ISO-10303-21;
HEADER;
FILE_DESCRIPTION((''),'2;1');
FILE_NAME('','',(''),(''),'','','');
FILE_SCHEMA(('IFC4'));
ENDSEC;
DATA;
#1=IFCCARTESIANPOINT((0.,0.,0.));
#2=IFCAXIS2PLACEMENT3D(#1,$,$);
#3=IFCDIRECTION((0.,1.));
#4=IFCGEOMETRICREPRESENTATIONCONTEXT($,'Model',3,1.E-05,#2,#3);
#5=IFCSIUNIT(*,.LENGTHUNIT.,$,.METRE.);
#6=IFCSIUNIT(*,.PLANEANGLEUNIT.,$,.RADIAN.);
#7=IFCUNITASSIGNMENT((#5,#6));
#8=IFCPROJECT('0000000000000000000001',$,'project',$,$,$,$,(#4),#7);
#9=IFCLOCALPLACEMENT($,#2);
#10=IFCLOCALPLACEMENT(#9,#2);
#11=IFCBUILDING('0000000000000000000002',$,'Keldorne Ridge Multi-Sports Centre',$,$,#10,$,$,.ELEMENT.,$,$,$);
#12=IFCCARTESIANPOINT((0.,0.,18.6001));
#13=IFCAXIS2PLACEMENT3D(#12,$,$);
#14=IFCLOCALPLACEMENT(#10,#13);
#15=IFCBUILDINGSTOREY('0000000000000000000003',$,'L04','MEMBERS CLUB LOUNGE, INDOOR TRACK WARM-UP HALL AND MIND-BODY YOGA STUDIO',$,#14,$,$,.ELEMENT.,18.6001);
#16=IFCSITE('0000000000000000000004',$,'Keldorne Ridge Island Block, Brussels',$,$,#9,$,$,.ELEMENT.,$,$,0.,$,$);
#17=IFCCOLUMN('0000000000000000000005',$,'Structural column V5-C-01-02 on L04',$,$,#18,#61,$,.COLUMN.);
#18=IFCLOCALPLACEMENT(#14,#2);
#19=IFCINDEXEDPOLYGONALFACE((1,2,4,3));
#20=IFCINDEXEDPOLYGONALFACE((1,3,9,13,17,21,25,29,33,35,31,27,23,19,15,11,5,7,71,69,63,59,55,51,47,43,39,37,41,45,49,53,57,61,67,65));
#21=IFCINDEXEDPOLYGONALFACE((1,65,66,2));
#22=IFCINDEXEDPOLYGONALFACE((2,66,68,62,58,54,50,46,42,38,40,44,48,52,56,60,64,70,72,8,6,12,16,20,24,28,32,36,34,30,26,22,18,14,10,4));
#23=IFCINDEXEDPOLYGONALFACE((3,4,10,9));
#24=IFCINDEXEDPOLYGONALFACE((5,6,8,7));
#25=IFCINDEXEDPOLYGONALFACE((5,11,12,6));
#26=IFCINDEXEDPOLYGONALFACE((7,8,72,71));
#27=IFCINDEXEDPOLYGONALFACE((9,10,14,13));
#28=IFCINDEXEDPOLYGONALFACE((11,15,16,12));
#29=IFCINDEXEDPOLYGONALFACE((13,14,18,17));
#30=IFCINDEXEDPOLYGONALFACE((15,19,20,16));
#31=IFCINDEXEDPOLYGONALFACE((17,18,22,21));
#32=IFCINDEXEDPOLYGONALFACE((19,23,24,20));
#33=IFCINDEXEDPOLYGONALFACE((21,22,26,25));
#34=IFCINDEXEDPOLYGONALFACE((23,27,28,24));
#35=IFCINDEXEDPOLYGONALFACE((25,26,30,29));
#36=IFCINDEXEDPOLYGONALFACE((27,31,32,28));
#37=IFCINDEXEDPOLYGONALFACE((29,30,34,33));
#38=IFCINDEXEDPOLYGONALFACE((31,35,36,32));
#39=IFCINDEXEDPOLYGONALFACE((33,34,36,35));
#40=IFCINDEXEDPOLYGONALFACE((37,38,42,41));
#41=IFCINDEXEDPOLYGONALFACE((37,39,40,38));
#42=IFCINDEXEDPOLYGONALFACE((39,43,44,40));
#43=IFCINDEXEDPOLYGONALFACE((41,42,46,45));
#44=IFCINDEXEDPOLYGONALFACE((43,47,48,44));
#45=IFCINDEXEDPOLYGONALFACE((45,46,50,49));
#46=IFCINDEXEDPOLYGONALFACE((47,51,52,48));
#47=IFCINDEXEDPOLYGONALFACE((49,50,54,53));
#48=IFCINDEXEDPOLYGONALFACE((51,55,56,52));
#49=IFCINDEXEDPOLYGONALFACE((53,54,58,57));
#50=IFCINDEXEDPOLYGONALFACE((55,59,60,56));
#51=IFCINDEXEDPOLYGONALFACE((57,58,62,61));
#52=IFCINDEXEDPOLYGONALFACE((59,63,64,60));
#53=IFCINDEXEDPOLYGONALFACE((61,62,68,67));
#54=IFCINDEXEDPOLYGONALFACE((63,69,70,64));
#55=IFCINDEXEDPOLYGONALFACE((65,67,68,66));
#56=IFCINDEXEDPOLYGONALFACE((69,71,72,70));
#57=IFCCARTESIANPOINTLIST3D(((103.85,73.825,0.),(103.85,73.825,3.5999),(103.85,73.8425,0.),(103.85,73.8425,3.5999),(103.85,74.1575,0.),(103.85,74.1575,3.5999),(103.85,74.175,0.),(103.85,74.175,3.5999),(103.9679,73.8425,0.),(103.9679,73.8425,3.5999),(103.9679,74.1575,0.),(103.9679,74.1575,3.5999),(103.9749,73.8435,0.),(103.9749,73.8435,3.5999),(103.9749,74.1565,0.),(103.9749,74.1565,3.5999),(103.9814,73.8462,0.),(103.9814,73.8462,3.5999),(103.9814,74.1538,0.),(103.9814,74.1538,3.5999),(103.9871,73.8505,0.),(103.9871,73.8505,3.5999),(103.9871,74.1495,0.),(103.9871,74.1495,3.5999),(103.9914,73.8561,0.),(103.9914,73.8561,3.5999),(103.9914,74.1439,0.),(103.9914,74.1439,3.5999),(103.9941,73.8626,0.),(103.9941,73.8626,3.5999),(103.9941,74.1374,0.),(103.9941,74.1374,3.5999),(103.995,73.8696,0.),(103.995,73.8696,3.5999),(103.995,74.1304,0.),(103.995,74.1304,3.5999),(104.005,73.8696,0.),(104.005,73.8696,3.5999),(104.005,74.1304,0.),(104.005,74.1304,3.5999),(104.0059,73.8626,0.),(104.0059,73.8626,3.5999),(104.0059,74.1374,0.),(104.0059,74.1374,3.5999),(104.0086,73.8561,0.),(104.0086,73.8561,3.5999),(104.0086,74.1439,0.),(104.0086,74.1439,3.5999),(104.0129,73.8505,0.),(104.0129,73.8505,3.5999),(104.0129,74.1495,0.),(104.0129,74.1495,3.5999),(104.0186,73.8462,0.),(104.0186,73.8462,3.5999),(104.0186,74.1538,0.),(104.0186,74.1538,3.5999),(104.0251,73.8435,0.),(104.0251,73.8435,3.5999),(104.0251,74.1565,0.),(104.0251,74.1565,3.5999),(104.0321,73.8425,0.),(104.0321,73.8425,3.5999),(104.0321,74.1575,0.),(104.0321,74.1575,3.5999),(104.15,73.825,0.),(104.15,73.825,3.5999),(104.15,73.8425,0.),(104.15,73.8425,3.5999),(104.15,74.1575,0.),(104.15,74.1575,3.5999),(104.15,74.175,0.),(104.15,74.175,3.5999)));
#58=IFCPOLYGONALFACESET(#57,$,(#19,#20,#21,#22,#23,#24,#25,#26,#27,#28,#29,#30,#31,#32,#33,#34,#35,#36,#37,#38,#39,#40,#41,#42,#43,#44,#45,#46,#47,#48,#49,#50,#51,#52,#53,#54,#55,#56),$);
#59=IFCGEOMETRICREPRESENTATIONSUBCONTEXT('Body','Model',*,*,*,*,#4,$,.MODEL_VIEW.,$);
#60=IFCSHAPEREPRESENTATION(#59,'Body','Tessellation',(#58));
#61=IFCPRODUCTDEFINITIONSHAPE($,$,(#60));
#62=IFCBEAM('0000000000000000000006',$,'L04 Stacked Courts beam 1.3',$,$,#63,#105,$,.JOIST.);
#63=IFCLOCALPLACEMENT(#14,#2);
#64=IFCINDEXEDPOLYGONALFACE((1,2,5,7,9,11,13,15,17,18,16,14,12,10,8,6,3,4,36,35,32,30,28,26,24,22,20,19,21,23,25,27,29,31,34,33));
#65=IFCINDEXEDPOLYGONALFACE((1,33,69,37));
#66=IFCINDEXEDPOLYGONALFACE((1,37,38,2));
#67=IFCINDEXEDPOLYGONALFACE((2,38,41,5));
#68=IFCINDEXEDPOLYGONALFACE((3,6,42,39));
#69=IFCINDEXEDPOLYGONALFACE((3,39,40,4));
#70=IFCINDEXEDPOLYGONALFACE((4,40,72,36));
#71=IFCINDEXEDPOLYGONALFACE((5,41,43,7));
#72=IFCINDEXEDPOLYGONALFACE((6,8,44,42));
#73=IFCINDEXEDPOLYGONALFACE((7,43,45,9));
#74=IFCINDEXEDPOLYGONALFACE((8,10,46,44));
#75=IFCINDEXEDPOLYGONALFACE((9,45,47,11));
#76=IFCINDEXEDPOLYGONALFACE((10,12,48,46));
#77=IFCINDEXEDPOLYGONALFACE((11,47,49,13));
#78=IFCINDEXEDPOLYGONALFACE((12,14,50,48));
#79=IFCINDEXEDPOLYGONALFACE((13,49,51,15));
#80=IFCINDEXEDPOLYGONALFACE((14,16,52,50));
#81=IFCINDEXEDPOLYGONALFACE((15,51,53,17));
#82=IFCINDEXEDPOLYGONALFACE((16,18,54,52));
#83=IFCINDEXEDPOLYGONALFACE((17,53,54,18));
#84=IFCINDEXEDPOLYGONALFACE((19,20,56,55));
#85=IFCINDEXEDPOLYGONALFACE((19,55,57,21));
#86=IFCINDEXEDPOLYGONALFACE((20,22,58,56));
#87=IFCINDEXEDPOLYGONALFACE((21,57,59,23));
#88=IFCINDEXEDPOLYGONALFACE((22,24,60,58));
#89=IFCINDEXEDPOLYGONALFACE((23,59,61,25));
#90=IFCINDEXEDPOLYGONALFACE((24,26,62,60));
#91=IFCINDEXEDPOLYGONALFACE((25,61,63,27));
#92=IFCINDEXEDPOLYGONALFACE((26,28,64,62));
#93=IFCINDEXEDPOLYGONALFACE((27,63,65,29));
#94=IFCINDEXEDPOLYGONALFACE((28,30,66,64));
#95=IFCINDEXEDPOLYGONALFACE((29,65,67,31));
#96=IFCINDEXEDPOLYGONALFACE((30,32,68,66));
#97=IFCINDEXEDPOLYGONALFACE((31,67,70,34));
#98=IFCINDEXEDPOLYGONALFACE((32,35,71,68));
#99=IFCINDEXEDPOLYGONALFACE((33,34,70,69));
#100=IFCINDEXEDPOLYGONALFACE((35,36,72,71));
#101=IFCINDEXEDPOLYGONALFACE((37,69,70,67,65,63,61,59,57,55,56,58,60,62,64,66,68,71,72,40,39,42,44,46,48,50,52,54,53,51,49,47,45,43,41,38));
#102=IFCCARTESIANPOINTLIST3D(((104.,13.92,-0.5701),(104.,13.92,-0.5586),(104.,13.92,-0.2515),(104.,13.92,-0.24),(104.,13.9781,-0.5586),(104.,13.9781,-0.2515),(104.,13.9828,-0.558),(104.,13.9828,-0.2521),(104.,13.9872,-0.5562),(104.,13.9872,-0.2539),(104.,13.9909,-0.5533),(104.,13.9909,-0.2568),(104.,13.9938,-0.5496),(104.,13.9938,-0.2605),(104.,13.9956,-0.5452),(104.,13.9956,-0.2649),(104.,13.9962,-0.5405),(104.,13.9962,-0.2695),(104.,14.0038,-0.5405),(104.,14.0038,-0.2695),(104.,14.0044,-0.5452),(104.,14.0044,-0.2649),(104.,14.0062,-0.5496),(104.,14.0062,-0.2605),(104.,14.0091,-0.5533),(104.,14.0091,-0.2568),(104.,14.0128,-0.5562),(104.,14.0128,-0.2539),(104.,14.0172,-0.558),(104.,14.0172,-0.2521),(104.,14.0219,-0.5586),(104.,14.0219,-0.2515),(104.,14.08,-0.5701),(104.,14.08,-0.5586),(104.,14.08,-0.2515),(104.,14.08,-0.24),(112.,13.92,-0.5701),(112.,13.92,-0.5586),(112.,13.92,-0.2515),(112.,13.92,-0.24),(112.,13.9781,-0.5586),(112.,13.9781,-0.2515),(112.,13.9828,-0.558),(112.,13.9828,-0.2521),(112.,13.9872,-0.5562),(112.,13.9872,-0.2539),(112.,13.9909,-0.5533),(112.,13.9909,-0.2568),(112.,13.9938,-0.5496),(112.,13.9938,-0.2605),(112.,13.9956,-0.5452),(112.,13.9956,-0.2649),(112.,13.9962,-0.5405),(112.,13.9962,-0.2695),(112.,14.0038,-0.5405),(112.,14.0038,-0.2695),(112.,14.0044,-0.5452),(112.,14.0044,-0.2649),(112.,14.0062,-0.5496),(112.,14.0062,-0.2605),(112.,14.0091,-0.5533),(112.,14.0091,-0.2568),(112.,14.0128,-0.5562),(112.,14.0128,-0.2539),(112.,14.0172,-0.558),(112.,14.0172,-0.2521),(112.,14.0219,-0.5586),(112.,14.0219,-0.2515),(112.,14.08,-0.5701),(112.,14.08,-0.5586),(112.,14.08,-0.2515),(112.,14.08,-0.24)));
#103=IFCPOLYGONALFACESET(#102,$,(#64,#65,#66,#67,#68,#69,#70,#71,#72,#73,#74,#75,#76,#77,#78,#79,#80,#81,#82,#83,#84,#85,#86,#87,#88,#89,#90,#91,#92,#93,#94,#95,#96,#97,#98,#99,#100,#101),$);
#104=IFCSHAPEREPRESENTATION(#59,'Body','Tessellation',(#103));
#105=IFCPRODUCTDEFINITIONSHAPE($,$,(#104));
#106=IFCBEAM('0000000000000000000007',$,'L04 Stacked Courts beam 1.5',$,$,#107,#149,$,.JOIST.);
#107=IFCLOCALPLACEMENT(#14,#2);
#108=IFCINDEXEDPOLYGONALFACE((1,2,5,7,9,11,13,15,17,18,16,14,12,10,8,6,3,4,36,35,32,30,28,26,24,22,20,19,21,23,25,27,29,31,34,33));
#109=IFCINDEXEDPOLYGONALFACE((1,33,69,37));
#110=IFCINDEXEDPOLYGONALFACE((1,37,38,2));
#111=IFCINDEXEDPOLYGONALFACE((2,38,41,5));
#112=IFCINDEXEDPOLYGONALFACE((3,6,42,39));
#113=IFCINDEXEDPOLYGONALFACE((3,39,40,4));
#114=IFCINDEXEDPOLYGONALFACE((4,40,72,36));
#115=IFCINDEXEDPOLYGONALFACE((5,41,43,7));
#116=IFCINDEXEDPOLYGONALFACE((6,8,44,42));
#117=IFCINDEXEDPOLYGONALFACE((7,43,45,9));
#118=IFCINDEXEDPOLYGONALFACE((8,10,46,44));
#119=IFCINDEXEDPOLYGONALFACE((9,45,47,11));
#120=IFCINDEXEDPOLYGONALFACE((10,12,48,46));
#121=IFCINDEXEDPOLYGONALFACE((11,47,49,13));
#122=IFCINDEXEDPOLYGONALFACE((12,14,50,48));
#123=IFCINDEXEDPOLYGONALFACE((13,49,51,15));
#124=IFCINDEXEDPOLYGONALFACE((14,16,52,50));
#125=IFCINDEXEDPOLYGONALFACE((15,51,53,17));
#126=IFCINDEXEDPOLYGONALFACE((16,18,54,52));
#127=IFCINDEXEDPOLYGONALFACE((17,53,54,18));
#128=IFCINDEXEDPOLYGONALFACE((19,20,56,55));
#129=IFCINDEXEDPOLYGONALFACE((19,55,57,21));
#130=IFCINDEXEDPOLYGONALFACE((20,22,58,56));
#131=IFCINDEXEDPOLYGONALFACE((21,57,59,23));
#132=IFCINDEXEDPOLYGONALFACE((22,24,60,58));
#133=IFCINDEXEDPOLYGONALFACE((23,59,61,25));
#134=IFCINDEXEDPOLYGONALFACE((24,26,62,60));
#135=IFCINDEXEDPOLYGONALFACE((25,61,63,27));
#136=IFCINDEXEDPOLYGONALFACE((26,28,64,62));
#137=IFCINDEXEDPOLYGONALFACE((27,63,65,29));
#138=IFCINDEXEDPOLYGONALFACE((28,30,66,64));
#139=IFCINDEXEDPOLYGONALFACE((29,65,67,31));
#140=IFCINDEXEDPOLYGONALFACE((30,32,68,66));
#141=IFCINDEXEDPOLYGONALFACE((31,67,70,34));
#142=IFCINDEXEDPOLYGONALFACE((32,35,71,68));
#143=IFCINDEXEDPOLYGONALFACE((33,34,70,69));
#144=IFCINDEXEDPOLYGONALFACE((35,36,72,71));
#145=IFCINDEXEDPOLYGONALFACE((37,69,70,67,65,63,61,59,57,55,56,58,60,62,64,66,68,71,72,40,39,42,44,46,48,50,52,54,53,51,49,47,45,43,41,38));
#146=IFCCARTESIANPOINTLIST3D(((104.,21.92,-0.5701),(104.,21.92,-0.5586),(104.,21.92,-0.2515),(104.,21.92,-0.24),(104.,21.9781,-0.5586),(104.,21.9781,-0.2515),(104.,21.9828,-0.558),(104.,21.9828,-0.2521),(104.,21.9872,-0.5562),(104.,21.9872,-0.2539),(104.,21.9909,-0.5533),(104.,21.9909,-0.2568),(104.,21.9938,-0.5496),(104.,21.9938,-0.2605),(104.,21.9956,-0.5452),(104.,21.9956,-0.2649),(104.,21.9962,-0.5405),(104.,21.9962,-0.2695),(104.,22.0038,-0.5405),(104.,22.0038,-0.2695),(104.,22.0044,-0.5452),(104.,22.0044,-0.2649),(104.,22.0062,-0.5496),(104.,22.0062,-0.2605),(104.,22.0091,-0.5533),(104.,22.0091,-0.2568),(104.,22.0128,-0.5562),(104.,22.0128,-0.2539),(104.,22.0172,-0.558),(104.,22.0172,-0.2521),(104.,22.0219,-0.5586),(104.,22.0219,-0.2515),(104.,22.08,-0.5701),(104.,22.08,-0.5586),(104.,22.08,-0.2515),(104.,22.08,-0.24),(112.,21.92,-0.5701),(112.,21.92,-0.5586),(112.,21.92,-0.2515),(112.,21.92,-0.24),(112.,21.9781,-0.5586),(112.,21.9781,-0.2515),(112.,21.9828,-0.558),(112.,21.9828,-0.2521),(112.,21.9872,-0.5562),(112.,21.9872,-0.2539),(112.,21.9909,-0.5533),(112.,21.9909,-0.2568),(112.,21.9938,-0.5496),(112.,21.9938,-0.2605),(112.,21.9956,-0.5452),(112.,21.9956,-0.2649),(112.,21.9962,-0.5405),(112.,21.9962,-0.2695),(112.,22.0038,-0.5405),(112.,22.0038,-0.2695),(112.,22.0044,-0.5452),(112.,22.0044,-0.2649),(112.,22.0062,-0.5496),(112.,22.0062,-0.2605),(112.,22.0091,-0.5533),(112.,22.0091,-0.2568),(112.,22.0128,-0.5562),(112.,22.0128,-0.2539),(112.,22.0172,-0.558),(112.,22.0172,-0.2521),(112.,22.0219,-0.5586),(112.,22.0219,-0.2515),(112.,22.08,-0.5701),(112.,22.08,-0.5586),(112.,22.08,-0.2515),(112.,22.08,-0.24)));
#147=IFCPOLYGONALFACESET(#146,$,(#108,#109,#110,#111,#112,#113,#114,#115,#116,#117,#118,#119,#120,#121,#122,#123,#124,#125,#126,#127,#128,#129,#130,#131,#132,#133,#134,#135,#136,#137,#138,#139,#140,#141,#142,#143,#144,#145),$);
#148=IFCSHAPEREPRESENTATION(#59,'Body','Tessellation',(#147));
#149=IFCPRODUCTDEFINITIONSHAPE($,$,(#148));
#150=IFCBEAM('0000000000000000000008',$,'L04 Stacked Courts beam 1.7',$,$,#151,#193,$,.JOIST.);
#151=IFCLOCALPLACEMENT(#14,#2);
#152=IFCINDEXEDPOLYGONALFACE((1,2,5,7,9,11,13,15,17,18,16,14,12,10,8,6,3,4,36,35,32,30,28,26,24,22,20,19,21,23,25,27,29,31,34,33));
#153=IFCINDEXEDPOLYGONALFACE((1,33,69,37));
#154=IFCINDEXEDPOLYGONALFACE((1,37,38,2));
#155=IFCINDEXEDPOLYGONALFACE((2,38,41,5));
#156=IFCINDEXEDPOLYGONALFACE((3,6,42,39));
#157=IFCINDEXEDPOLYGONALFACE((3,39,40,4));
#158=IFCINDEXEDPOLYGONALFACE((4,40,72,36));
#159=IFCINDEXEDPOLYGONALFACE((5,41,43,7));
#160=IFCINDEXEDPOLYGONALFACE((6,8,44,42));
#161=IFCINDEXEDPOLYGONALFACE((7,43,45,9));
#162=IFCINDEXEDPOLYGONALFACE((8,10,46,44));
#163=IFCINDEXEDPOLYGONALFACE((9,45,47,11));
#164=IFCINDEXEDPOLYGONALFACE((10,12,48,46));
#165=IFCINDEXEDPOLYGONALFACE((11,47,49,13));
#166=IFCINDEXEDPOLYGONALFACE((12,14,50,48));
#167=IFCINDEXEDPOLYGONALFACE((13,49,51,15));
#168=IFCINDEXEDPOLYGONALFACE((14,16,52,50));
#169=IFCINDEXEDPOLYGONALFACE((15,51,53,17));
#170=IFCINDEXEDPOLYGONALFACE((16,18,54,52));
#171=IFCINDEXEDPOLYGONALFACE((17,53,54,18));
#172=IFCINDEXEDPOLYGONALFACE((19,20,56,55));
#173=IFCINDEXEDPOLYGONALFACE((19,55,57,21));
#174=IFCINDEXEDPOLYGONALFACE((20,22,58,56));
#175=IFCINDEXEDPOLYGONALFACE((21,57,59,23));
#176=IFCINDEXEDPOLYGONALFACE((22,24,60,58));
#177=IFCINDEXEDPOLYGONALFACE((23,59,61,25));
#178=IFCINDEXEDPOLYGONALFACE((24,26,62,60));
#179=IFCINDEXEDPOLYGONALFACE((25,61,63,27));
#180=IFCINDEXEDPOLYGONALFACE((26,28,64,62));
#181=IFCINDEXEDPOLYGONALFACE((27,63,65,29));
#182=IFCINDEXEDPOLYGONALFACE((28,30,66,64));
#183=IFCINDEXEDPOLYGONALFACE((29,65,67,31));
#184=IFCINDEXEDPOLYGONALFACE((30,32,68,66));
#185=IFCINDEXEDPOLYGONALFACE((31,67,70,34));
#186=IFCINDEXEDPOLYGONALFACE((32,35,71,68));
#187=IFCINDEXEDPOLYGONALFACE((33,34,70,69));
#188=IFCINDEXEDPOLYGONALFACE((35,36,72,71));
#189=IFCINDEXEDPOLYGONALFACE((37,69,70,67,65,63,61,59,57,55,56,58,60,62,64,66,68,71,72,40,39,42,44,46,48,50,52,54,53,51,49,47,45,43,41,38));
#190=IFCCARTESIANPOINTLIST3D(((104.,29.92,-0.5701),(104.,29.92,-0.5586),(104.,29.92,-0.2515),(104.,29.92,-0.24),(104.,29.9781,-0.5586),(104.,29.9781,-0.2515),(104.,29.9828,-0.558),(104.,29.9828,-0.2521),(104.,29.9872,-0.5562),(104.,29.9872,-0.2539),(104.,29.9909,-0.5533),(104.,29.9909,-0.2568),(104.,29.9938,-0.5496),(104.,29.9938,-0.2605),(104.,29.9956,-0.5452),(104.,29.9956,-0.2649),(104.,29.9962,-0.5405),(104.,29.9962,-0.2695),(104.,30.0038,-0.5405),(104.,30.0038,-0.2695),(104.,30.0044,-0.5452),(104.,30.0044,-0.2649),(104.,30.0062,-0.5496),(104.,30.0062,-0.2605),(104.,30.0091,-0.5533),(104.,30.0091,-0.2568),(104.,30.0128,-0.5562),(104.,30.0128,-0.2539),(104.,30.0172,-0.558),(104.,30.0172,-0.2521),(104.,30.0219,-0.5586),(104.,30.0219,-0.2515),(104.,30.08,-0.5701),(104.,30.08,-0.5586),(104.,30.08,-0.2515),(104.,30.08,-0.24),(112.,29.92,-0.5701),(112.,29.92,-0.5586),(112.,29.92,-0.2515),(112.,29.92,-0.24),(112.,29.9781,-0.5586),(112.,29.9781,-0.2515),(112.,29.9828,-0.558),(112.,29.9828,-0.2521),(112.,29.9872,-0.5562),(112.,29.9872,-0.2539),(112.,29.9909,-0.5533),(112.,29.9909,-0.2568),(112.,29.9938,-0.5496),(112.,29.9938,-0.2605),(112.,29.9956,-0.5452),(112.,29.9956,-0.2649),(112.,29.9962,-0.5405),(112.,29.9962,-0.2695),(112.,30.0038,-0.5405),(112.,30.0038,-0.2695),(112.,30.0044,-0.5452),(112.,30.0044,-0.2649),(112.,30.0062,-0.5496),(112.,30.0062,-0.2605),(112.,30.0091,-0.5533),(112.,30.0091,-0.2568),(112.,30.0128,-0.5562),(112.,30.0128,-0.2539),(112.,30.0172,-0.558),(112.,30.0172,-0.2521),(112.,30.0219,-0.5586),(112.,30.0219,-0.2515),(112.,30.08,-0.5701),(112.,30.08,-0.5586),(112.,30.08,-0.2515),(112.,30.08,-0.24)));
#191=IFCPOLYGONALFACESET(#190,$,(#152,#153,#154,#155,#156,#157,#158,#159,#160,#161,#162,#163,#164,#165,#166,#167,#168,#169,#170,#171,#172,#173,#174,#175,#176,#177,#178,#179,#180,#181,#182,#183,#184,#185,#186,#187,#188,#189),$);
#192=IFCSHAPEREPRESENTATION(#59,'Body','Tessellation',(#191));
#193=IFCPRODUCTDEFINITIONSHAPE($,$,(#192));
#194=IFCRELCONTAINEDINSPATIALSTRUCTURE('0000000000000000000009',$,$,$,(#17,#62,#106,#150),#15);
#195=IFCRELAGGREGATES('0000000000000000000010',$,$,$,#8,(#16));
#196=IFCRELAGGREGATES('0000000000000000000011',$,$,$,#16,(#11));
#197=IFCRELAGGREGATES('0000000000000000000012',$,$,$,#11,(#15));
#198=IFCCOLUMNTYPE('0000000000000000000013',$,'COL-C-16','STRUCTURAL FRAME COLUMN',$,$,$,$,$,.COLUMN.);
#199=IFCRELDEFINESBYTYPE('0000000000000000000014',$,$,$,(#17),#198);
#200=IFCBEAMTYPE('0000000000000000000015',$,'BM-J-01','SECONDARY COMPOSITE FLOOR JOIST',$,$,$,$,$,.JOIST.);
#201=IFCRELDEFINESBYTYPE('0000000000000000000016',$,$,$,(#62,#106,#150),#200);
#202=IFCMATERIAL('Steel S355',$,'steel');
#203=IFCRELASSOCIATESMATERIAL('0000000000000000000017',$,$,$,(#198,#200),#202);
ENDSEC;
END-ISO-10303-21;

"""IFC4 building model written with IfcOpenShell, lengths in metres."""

from ifc_helpers import new_model, si_unit, direction, frame, origin, origin_2d, place, context, subcontext, project, spatial, i_section, extrude, material, material_profile, profile_set, type_object, element, save


model = new_model("IFC4")

# Units and contexts
model_context = context("Model", 3, precision=1e-05, world=origin(), true_north=direction((0.0, 1.0)))
body_context = subcontext(model_context, "Body", "Model", "MODEL_VIEW")
ifc_project = project(units=[si_unit("LENGTHUNIT", "METRE"), si_unit("PLANEANGLEUNIT", "RADIAN")], contexts=[model_context])

# Site, building, storey
site_placement = place(None, origin())
site = spatial("IfcSite", under=ifc_project, at=site_placement, Name="Keldorne Ridge Island Block, Brussels", CompositionType="ELEMENT", RefElevation=0.0)
building_placement = place(site_placement, origin())
building = spatial("IfcBuilding", under=site, at=building_placement, Name="Keldorne Ridge Multi-Sports Centre", CompositionType="ELEMENT")
storey_placement = place(building_placement, frame((0.0, 0.0, 18.6001)))
storey = spatial("IfcBuildingStorey", under=building, at=storey_placement, Name="L04", Description="MEMBERS CLUB LOUNGE, INDOOR TRACK WARM-UP HALL AND MIND-BODY YOGA STUDIO", CompositionType="ELEMENT", Elevation=18.6001)

# Column
ifc_material_1 = material(Name="Steel S355", Category="steel")
ifc_material_profile_1 = material_profile(ifc_material_1, i_section(OverallWidth=0.3, OverallDepth=0.3501, WebThickness=0.01, FlangeThickness=0.0176, FilletRadius=0.0271, at=origin_2d()), Name="HEA 360")
ifc_profile_set_1 = profile_set([ifc_material_profile_1], Name="Steel S355")
column_type = type_object("IfcColumnType", Name="COL-C-16", Description="STRUCTURAL FRAME COLUMN", PredefinedType="COLUMN", material=ifc_profile_set_1)
column_placement = place(storey_placement, frame((104.0, 74.0, 0.0), z_axis=(0.0, 0.0, 1.0), x_axis=(1.0, 0.0, 0.0)))
element("IfcColumn", 1, at=column_placement, inside=storey, type_object=column_type, Name="Structural column V5-C-01-02 on L04", PredefinedType="COLUMN", context=body_context, shape_type="SweptSolid", body=[
    extrude(i_section(OverallWidth=0.3, OverallDepth=0.3501, WebThickness=0.01, FlangeThickness=0.0176, FilletRadius=0.0271, at=origin_2d()), origin(), (0.0, 0.0, 1.0), 3.5999),
])

# Beams
ifc_material_profile_2 = material_profile(ifc_material_1, i_section(OverallWidth=0.1599, OverallDepth=0.3301, WebThickness=0.0076, FlangeThickness=0.0115, FilletRadius=0.0181, at=origin_2d()), Name="IPE 330")
ifc_profile_set_2 = profile_set([ifc_material_profile_2], Name="Steel S355")
beam_type_1 = type_object("IfcBeamType", Name="BM-J-01", Description="SECONDARY COMPOSITE FLOOR JOIST", PredefinedType="JOIST", material=ifc_profile_set_2)
for number, where, z_axis, x_axis, name in (
    (2, (104.0, 14.0, -0.405), (1.0, 0.0, 0.0), (0.0, 1.0, 0.0), "L04 Stacked Courts beam 1.3"),
    (3, (104.0, 22.0, -0.405), (1.0, 0.0, 0.0), (0.0, 1.0, 0.0), "L04 Stacked Courts beam 1.5"),
    (4, (104.0, 30.0, -0.405), (1.0, 0.0, 0.0), (0.0, 1.0, 0.0), "L04 Stacked Courts beam 1.7"),
):
    element("IfcBeam", number, at=place(storey_placement, frame(where, z_axis=z_axis, x_axis=x_axis)), inside=storey, type_object=beam_type_1, Name=name, PredefinedType="JOIST", context=body_context, shape_type="SweptSolid", body=[
        extrude(i_section(OverallWidth=0.1599, OverallDepth=0.3301, WebThickness=0.0076, FlangeThickness=0.0115, FilletRadius=0.0181, at=origin_2d()), origin(), (0.0, 0.0, 1.0), 8.0),
    ])

save(model, "model.ifc")
